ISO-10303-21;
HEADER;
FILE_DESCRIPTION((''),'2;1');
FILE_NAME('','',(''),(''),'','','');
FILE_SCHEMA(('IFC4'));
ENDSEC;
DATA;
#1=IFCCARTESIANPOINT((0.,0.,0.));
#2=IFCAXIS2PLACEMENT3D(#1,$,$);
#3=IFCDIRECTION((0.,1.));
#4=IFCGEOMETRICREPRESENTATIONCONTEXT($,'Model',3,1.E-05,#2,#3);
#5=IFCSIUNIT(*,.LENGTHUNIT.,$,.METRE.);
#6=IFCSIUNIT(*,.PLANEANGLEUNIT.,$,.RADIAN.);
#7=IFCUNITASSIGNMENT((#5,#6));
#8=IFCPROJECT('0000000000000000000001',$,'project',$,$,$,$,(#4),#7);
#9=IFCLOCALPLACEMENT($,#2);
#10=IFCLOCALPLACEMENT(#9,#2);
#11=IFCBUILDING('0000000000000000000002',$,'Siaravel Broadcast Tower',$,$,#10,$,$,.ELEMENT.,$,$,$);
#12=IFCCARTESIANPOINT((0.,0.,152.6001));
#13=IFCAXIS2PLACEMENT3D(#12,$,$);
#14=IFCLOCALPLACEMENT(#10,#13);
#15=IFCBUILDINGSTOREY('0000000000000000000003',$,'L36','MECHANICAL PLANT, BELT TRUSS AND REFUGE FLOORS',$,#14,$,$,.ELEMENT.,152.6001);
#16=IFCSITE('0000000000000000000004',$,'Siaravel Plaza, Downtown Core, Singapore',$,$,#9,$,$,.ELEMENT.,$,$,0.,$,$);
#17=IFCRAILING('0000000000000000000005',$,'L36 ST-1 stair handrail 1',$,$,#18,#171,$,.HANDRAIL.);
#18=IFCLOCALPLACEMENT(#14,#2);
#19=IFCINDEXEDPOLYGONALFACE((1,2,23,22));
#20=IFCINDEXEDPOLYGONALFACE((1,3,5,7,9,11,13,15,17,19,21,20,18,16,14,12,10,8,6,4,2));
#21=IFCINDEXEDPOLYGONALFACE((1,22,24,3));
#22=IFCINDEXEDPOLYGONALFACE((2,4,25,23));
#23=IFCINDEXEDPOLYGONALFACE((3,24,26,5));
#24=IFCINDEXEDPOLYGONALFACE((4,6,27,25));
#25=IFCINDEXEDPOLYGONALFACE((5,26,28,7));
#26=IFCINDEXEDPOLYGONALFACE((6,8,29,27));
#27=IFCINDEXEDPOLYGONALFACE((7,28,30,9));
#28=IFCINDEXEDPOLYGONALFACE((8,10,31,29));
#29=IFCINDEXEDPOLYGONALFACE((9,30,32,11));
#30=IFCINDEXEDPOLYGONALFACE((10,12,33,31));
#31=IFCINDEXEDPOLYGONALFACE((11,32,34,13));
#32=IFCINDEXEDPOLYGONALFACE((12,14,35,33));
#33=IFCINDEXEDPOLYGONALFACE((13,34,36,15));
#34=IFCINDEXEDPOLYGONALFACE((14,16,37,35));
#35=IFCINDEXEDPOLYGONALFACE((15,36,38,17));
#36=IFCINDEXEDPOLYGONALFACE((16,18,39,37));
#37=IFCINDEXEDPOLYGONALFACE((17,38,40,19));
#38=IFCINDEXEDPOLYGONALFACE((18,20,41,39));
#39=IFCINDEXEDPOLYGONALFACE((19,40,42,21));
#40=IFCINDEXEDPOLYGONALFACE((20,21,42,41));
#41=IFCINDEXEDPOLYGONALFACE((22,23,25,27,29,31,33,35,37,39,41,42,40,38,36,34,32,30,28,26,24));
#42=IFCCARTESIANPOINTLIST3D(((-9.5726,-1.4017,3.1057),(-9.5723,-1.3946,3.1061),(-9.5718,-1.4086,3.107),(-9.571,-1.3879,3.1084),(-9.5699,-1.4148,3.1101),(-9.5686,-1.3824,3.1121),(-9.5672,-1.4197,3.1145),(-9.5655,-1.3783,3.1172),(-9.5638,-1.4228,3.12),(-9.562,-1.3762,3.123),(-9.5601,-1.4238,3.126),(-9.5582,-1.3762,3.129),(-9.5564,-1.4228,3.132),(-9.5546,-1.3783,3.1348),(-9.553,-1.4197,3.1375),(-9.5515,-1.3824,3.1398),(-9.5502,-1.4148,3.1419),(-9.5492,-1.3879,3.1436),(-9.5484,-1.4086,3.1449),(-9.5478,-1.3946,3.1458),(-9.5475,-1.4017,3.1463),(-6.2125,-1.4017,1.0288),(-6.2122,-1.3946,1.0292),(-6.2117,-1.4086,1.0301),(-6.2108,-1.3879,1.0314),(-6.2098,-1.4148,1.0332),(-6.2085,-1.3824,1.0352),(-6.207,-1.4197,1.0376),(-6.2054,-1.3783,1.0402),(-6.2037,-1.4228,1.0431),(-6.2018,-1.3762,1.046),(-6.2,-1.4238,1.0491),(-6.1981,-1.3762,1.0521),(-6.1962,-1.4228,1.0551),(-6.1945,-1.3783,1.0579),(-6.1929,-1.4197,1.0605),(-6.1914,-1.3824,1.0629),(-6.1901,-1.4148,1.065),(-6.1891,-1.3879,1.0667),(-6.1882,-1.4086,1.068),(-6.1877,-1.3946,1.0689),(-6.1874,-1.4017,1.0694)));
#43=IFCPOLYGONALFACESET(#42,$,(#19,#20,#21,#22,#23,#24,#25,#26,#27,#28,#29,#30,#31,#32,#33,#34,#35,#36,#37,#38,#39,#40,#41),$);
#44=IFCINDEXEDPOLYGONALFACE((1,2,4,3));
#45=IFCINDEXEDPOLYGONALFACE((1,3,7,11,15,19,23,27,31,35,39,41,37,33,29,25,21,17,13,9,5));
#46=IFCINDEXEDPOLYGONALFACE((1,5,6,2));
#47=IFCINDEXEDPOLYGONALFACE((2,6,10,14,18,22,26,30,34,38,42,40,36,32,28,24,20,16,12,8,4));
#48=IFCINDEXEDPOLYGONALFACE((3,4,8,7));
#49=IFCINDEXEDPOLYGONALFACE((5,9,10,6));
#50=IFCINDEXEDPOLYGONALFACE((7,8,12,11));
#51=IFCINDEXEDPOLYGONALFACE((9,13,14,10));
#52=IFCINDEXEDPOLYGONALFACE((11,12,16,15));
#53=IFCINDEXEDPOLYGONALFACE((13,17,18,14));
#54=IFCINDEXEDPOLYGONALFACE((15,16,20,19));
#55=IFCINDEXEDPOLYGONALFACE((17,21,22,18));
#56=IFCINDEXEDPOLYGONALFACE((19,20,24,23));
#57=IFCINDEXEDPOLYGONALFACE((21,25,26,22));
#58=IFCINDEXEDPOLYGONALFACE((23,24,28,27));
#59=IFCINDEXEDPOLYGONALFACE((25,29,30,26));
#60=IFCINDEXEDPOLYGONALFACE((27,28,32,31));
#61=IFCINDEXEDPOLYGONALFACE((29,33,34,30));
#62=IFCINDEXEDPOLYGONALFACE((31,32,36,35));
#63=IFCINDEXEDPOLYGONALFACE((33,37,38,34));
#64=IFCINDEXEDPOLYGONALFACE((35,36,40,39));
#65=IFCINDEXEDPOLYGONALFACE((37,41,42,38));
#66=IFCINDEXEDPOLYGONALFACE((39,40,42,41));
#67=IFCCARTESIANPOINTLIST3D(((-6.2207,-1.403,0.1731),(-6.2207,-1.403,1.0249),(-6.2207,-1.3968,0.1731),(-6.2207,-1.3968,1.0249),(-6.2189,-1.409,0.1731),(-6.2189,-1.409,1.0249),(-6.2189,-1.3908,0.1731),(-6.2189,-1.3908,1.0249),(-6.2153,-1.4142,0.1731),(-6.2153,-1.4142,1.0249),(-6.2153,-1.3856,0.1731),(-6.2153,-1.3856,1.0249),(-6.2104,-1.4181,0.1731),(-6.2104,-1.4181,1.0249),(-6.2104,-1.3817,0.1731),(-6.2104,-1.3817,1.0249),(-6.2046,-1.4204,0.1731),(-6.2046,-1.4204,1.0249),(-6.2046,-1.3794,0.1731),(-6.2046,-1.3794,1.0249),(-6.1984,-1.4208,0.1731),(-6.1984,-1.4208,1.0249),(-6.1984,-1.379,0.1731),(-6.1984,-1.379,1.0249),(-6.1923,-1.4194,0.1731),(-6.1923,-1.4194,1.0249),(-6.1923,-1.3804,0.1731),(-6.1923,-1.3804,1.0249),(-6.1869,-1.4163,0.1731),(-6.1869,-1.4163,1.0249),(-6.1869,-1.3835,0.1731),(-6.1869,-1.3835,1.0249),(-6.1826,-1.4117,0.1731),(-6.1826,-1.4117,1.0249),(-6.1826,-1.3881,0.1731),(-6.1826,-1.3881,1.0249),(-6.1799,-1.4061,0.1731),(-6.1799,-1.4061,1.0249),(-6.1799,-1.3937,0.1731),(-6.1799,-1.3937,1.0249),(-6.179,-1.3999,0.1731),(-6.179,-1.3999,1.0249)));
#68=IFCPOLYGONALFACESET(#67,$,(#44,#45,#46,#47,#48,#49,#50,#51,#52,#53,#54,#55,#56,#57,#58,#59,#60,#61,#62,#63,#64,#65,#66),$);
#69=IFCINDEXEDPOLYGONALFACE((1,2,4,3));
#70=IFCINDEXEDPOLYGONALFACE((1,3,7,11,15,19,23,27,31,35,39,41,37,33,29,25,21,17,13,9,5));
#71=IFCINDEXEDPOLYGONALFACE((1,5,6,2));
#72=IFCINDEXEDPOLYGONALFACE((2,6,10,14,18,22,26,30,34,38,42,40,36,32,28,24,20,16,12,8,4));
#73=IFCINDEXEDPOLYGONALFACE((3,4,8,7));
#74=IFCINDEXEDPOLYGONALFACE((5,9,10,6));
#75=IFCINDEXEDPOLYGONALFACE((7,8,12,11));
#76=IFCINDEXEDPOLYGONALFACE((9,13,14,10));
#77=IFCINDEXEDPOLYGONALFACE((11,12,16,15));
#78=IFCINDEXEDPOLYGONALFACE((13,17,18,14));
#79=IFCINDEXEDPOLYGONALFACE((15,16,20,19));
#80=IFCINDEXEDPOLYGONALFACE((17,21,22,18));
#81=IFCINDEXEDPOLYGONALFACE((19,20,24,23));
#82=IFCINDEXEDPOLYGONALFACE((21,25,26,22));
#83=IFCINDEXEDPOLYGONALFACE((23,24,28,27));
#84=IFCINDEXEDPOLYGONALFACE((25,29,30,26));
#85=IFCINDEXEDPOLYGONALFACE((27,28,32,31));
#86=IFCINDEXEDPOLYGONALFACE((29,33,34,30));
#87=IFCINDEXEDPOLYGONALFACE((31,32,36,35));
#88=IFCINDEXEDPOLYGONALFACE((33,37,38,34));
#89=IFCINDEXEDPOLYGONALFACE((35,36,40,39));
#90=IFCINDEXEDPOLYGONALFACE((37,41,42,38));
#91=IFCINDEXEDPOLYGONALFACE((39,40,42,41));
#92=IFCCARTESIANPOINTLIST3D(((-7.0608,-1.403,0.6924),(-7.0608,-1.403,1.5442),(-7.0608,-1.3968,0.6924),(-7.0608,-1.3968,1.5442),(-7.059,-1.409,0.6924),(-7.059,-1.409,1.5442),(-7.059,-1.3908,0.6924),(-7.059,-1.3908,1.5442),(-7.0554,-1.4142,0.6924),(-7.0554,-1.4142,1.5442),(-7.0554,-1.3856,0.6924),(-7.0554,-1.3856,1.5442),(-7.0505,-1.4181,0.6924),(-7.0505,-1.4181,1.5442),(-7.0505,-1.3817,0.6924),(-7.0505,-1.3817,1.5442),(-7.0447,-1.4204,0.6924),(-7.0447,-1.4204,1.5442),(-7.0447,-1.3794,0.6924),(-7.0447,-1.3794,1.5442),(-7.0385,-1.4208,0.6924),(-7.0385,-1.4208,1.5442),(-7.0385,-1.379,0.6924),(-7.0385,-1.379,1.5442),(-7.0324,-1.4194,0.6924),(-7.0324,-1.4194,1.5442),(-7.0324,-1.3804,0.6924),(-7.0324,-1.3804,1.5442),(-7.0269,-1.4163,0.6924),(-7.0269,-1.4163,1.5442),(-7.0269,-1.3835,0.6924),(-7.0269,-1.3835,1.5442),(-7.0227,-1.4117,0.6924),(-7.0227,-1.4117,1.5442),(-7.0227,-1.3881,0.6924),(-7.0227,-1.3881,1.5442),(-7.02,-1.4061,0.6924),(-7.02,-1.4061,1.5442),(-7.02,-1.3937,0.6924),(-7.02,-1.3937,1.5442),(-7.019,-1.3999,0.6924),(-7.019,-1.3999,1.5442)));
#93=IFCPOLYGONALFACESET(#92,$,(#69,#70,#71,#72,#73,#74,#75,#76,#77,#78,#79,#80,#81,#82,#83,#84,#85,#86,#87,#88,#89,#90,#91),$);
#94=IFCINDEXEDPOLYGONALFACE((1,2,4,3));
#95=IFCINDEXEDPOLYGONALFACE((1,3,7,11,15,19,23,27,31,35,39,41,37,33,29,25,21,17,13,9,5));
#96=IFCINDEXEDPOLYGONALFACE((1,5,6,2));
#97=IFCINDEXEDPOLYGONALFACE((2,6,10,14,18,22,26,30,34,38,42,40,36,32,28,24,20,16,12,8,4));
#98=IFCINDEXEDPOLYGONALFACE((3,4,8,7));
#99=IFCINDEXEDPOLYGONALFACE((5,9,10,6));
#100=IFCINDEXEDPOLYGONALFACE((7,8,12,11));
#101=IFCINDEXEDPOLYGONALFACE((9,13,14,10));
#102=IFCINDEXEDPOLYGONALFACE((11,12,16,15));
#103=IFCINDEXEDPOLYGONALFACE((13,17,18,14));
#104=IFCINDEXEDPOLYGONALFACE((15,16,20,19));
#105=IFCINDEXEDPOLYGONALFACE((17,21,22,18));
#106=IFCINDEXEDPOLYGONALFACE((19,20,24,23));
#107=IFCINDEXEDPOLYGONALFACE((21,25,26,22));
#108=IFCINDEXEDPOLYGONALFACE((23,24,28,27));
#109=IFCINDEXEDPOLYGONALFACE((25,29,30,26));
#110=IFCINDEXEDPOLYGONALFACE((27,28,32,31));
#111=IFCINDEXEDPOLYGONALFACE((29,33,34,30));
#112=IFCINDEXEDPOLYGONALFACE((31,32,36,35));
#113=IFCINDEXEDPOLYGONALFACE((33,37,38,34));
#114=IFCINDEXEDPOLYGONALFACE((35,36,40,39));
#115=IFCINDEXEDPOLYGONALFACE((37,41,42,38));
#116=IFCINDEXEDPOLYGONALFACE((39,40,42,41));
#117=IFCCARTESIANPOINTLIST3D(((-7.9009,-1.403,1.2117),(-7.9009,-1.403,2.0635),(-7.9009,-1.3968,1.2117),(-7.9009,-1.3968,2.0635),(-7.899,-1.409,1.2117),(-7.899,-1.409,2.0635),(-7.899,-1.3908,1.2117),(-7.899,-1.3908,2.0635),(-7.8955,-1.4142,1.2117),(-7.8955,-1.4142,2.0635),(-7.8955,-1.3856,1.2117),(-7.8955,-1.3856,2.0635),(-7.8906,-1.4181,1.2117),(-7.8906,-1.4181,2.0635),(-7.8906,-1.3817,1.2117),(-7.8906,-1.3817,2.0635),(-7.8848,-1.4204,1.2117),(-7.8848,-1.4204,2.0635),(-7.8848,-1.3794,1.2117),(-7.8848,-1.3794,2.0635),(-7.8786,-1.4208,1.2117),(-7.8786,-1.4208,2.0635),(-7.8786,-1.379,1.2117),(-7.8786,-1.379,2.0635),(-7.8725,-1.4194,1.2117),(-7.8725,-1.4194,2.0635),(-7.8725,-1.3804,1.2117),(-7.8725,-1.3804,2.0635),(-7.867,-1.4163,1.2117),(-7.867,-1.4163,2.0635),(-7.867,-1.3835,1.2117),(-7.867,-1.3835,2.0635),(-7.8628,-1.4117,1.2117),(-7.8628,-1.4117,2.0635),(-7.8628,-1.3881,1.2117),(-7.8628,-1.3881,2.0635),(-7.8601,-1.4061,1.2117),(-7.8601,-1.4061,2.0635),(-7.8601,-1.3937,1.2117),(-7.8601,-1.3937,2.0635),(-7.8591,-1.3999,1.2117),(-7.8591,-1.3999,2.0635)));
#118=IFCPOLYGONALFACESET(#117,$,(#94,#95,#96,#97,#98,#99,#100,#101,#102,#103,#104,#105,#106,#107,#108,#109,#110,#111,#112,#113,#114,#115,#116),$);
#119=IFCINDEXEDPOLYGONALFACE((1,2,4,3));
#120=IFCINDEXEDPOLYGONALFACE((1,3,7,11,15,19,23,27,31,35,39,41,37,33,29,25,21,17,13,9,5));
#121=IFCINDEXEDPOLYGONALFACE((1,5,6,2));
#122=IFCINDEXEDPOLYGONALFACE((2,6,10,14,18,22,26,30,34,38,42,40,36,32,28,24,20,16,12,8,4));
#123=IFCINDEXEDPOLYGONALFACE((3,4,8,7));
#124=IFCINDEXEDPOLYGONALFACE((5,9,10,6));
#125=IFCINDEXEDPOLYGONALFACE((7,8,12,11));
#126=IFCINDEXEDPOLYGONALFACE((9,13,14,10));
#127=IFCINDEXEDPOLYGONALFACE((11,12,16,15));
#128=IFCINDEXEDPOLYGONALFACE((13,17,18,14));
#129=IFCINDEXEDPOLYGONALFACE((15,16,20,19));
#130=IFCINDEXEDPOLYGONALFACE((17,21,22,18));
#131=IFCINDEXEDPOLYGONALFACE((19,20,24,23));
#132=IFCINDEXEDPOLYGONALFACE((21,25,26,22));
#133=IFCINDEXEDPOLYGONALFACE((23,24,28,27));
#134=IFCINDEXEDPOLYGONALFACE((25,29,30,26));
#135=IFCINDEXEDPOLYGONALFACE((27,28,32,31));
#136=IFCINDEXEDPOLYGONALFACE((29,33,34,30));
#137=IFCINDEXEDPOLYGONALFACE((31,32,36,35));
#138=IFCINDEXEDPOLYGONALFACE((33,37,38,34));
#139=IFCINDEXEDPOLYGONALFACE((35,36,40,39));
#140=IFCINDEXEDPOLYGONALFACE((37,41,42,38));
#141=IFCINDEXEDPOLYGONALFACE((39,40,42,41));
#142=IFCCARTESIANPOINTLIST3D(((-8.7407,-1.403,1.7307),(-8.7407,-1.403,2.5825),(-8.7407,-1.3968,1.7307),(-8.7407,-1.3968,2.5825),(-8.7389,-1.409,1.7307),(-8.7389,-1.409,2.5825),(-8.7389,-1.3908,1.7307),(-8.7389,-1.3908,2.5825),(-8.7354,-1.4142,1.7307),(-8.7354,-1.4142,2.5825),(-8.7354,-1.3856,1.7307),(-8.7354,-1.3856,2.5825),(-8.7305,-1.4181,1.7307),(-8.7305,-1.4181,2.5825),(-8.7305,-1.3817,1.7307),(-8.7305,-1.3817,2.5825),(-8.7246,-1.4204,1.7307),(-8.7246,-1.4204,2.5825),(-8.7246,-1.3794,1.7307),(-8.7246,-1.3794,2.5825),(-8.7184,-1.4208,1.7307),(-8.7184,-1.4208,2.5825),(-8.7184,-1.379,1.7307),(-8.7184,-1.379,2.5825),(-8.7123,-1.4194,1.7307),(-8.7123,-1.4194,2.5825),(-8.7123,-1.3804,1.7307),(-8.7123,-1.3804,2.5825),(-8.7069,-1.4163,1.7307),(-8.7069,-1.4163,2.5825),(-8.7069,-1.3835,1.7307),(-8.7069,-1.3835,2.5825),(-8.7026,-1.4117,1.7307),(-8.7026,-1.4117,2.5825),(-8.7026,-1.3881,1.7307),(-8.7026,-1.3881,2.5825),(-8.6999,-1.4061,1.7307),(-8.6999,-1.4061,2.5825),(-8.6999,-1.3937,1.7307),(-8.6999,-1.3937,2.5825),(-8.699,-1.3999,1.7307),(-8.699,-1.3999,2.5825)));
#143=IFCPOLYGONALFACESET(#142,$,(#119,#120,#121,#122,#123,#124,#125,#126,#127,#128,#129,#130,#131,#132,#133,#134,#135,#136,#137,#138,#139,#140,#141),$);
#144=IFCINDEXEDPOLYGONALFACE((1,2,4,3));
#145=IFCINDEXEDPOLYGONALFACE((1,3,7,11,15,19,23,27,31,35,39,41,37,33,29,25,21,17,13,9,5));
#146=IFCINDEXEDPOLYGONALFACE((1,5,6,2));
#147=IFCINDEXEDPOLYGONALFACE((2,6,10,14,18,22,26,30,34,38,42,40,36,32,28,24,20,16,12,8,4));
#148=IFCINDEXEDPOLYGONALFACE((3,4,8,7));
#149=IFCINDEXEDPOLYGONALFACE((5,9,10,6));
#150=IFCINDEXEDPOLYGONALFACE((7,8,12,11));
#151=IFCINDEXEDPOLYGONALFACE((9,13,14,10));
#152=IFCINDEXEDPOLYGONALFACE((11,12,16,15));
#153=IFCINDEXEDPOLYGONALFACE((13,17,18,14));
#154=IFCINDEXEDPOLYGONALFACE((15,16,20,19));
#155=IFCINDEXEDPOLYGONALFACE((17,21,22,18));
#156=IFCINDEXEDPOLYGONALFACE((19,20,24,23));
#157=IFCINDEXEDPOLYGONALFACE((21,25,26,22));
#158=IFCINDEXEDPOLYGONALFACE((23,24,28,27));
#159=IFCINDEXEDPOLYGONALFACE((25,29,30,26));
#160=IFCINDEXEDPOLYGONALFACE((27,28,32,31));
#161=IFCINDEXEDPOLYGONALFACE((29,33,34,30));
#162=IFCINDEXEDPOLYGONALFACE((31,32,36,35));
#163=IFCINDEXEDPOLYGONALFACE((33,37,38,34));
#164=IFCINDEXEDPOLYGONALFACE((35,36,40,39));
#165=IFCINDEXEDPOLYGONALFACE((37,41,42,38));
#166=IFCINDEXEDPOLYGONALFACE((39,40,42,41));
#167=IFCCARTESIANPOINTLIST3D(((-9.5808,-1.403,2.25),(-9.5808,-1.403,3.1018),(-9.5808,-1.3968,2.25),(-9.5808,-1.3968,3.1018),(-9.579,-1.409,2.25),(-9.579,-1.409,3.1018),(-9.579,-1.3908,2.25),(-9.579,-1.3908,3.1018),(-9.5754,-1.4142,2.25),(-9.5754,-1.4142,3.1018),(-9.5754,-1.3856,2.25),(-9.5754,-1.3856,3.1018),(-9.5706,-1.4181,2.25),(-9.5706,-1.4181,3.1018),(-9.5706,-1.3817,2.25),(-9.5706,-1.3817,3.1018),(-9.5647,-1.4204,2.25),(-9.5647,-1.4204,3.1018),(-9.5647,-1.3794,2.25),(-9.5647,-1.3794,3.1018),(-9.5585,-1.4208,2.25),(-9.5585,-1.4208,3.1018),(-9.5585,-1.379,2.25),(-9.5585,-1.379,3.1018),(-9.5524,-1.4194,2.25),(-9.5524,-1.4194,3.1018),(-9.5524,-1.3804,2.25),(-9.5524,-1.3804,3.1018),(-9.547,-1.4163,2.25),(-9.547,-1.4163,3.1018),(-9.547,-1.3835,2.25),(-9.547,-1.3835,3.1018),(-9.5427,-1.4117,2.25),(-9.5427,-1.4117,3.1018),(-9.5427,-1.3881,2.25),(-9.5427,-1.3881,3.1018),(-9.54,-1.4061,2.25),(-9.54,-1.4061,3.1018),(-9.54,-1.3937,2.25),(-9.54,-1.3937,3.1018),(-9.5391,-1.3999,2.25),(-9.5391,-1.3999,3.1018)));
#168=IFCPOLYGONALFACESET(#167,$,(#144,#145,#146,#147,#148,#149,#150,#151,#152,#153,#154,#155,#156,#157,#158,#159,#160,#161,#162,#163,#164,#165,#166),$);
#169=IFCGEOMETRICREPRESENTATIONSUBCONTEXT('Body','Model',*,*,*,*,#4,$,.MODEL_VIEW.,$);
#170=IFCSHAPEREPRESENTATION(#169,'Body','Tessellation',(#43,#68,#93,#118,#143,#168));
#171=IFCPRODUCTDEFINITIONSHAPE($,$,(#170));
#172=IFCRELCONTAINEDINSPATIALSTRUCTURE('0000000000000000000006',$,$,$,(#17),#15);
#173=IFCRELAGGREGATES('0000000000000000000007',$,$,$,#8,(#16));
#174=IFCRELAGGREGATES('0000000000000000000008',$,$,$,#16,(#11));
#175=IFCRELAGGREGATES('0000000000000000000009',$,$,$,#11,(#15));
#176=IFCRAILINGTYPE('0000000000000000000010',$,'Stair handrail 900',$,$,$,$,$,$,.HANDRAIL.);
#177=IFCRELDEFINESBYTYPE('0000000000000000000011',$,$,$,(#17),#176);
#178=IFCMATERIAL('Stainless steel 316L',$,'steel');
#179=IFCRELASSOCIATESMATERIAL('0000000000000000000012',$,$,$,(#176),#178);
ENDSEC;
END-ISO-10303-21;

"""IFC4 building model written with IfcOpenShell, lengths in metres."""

from ifc_helpers import new_model, si_unit, direction, frame, origin, origin_2d, place, context, subcontext, project, spatial, circle, extrude, material, type_object, element, save


model = new_model("IFC4")

# Units and contexts
model_context = context("Model", 3, precision=1e-05, world=origin(), true_north=direction((0.0, 1.0)))
body_context = subcontext(model_context, "Body", "Model", "MODEL_VIEW")
ifc_project = project(units=[si_unit("LENGTHUNIT", "METRE"), si_unit("PLANEANGLEUNIT", "RADIAN")], contexts=[model_context])

# Site, building, storey
site_placement = place(None, origin())
site = spatial("IfcSite", under=ifc_project, at=site_placement, Name="Siaravel Plaza, Downtown Core, Singapore", CompositionType="ELEMENT", RefElevation=0.0)
building_placement = place(site_placement, origin())
building = spatial("IfcBuilding", under=site, at=building_placement, Name="Siaravel Broadcast Tower", CompositionType="ELEMENT")
storey_placement = place(building_placement, frame((0.0, 0.0, 152.6001)))
storey = spatial("IfcBuildingStorey", under=building, at=storey_placement, Name="L36", Description="MECHANICAL PLANT, BELT TRUSS AND REFUGE FLOORS", CompositionType="ELEMENT", Elevation=152.6001)

# Shared definitions
ifc_material_1 = material(Name="Stainless steel 316L", Category="steel")

# Railing
railing_type_1 = type_object("IfcRailingType", Name="Stair handrail 900", PredefinedType="HANDRAIL", material=ifc_material_1)
railing_1_placement = place(storey_placement, frame((-6.2, -1.3999, 0.1731)))
element("IfcRailing", 1, at=railing_1_placement, inside=storey, type_object=railing_type_1, Name="L36 ST-1 stair handrail 1", PredefinedType="HANDRAIL", context=body_context, shape_type="SweptSolid", body=[
    extrude(circle(Radius=0.0239, at=origin_2d()), frame((0.0, 0.0, 0.876), z_axis=(-0.850623, 0.0, 0.525776), x_axis=(0.0, -1.0, 0.0)), (0.0, 0.0, 1.0), 3.9502),
    extrude(circle(Radius=0.021, at=origin_2d()), origin(), (0.0, 0.0, 1.0), 0.8518),
    extrude(circle(Radius=0.021, at=origin_2d()), frame((-0.8401, 0.0, 0.5193)), (0.0, 0.0, 1.0), 0.8518),
    extrude(circle(Radius=0.021, at=origin_2d()), frame((-1.6802, 0.0, 1.0386)), (0.0, 0.0, 1.0), 0.8518),
    extrude(circle(Radius=0.021, at=origin_2d()), frame((-2.52, 0.0, 1.5576)), (0.0, 0.0, 1.0), 0.8518),
    extrude(circle(Radius=0.021, at=origin_2d()), frame((-3.3601, 0.0, 2.0769)), (0.0, 0.0, 1.0), 0.8518),
])

save(model, "model.ifc")
